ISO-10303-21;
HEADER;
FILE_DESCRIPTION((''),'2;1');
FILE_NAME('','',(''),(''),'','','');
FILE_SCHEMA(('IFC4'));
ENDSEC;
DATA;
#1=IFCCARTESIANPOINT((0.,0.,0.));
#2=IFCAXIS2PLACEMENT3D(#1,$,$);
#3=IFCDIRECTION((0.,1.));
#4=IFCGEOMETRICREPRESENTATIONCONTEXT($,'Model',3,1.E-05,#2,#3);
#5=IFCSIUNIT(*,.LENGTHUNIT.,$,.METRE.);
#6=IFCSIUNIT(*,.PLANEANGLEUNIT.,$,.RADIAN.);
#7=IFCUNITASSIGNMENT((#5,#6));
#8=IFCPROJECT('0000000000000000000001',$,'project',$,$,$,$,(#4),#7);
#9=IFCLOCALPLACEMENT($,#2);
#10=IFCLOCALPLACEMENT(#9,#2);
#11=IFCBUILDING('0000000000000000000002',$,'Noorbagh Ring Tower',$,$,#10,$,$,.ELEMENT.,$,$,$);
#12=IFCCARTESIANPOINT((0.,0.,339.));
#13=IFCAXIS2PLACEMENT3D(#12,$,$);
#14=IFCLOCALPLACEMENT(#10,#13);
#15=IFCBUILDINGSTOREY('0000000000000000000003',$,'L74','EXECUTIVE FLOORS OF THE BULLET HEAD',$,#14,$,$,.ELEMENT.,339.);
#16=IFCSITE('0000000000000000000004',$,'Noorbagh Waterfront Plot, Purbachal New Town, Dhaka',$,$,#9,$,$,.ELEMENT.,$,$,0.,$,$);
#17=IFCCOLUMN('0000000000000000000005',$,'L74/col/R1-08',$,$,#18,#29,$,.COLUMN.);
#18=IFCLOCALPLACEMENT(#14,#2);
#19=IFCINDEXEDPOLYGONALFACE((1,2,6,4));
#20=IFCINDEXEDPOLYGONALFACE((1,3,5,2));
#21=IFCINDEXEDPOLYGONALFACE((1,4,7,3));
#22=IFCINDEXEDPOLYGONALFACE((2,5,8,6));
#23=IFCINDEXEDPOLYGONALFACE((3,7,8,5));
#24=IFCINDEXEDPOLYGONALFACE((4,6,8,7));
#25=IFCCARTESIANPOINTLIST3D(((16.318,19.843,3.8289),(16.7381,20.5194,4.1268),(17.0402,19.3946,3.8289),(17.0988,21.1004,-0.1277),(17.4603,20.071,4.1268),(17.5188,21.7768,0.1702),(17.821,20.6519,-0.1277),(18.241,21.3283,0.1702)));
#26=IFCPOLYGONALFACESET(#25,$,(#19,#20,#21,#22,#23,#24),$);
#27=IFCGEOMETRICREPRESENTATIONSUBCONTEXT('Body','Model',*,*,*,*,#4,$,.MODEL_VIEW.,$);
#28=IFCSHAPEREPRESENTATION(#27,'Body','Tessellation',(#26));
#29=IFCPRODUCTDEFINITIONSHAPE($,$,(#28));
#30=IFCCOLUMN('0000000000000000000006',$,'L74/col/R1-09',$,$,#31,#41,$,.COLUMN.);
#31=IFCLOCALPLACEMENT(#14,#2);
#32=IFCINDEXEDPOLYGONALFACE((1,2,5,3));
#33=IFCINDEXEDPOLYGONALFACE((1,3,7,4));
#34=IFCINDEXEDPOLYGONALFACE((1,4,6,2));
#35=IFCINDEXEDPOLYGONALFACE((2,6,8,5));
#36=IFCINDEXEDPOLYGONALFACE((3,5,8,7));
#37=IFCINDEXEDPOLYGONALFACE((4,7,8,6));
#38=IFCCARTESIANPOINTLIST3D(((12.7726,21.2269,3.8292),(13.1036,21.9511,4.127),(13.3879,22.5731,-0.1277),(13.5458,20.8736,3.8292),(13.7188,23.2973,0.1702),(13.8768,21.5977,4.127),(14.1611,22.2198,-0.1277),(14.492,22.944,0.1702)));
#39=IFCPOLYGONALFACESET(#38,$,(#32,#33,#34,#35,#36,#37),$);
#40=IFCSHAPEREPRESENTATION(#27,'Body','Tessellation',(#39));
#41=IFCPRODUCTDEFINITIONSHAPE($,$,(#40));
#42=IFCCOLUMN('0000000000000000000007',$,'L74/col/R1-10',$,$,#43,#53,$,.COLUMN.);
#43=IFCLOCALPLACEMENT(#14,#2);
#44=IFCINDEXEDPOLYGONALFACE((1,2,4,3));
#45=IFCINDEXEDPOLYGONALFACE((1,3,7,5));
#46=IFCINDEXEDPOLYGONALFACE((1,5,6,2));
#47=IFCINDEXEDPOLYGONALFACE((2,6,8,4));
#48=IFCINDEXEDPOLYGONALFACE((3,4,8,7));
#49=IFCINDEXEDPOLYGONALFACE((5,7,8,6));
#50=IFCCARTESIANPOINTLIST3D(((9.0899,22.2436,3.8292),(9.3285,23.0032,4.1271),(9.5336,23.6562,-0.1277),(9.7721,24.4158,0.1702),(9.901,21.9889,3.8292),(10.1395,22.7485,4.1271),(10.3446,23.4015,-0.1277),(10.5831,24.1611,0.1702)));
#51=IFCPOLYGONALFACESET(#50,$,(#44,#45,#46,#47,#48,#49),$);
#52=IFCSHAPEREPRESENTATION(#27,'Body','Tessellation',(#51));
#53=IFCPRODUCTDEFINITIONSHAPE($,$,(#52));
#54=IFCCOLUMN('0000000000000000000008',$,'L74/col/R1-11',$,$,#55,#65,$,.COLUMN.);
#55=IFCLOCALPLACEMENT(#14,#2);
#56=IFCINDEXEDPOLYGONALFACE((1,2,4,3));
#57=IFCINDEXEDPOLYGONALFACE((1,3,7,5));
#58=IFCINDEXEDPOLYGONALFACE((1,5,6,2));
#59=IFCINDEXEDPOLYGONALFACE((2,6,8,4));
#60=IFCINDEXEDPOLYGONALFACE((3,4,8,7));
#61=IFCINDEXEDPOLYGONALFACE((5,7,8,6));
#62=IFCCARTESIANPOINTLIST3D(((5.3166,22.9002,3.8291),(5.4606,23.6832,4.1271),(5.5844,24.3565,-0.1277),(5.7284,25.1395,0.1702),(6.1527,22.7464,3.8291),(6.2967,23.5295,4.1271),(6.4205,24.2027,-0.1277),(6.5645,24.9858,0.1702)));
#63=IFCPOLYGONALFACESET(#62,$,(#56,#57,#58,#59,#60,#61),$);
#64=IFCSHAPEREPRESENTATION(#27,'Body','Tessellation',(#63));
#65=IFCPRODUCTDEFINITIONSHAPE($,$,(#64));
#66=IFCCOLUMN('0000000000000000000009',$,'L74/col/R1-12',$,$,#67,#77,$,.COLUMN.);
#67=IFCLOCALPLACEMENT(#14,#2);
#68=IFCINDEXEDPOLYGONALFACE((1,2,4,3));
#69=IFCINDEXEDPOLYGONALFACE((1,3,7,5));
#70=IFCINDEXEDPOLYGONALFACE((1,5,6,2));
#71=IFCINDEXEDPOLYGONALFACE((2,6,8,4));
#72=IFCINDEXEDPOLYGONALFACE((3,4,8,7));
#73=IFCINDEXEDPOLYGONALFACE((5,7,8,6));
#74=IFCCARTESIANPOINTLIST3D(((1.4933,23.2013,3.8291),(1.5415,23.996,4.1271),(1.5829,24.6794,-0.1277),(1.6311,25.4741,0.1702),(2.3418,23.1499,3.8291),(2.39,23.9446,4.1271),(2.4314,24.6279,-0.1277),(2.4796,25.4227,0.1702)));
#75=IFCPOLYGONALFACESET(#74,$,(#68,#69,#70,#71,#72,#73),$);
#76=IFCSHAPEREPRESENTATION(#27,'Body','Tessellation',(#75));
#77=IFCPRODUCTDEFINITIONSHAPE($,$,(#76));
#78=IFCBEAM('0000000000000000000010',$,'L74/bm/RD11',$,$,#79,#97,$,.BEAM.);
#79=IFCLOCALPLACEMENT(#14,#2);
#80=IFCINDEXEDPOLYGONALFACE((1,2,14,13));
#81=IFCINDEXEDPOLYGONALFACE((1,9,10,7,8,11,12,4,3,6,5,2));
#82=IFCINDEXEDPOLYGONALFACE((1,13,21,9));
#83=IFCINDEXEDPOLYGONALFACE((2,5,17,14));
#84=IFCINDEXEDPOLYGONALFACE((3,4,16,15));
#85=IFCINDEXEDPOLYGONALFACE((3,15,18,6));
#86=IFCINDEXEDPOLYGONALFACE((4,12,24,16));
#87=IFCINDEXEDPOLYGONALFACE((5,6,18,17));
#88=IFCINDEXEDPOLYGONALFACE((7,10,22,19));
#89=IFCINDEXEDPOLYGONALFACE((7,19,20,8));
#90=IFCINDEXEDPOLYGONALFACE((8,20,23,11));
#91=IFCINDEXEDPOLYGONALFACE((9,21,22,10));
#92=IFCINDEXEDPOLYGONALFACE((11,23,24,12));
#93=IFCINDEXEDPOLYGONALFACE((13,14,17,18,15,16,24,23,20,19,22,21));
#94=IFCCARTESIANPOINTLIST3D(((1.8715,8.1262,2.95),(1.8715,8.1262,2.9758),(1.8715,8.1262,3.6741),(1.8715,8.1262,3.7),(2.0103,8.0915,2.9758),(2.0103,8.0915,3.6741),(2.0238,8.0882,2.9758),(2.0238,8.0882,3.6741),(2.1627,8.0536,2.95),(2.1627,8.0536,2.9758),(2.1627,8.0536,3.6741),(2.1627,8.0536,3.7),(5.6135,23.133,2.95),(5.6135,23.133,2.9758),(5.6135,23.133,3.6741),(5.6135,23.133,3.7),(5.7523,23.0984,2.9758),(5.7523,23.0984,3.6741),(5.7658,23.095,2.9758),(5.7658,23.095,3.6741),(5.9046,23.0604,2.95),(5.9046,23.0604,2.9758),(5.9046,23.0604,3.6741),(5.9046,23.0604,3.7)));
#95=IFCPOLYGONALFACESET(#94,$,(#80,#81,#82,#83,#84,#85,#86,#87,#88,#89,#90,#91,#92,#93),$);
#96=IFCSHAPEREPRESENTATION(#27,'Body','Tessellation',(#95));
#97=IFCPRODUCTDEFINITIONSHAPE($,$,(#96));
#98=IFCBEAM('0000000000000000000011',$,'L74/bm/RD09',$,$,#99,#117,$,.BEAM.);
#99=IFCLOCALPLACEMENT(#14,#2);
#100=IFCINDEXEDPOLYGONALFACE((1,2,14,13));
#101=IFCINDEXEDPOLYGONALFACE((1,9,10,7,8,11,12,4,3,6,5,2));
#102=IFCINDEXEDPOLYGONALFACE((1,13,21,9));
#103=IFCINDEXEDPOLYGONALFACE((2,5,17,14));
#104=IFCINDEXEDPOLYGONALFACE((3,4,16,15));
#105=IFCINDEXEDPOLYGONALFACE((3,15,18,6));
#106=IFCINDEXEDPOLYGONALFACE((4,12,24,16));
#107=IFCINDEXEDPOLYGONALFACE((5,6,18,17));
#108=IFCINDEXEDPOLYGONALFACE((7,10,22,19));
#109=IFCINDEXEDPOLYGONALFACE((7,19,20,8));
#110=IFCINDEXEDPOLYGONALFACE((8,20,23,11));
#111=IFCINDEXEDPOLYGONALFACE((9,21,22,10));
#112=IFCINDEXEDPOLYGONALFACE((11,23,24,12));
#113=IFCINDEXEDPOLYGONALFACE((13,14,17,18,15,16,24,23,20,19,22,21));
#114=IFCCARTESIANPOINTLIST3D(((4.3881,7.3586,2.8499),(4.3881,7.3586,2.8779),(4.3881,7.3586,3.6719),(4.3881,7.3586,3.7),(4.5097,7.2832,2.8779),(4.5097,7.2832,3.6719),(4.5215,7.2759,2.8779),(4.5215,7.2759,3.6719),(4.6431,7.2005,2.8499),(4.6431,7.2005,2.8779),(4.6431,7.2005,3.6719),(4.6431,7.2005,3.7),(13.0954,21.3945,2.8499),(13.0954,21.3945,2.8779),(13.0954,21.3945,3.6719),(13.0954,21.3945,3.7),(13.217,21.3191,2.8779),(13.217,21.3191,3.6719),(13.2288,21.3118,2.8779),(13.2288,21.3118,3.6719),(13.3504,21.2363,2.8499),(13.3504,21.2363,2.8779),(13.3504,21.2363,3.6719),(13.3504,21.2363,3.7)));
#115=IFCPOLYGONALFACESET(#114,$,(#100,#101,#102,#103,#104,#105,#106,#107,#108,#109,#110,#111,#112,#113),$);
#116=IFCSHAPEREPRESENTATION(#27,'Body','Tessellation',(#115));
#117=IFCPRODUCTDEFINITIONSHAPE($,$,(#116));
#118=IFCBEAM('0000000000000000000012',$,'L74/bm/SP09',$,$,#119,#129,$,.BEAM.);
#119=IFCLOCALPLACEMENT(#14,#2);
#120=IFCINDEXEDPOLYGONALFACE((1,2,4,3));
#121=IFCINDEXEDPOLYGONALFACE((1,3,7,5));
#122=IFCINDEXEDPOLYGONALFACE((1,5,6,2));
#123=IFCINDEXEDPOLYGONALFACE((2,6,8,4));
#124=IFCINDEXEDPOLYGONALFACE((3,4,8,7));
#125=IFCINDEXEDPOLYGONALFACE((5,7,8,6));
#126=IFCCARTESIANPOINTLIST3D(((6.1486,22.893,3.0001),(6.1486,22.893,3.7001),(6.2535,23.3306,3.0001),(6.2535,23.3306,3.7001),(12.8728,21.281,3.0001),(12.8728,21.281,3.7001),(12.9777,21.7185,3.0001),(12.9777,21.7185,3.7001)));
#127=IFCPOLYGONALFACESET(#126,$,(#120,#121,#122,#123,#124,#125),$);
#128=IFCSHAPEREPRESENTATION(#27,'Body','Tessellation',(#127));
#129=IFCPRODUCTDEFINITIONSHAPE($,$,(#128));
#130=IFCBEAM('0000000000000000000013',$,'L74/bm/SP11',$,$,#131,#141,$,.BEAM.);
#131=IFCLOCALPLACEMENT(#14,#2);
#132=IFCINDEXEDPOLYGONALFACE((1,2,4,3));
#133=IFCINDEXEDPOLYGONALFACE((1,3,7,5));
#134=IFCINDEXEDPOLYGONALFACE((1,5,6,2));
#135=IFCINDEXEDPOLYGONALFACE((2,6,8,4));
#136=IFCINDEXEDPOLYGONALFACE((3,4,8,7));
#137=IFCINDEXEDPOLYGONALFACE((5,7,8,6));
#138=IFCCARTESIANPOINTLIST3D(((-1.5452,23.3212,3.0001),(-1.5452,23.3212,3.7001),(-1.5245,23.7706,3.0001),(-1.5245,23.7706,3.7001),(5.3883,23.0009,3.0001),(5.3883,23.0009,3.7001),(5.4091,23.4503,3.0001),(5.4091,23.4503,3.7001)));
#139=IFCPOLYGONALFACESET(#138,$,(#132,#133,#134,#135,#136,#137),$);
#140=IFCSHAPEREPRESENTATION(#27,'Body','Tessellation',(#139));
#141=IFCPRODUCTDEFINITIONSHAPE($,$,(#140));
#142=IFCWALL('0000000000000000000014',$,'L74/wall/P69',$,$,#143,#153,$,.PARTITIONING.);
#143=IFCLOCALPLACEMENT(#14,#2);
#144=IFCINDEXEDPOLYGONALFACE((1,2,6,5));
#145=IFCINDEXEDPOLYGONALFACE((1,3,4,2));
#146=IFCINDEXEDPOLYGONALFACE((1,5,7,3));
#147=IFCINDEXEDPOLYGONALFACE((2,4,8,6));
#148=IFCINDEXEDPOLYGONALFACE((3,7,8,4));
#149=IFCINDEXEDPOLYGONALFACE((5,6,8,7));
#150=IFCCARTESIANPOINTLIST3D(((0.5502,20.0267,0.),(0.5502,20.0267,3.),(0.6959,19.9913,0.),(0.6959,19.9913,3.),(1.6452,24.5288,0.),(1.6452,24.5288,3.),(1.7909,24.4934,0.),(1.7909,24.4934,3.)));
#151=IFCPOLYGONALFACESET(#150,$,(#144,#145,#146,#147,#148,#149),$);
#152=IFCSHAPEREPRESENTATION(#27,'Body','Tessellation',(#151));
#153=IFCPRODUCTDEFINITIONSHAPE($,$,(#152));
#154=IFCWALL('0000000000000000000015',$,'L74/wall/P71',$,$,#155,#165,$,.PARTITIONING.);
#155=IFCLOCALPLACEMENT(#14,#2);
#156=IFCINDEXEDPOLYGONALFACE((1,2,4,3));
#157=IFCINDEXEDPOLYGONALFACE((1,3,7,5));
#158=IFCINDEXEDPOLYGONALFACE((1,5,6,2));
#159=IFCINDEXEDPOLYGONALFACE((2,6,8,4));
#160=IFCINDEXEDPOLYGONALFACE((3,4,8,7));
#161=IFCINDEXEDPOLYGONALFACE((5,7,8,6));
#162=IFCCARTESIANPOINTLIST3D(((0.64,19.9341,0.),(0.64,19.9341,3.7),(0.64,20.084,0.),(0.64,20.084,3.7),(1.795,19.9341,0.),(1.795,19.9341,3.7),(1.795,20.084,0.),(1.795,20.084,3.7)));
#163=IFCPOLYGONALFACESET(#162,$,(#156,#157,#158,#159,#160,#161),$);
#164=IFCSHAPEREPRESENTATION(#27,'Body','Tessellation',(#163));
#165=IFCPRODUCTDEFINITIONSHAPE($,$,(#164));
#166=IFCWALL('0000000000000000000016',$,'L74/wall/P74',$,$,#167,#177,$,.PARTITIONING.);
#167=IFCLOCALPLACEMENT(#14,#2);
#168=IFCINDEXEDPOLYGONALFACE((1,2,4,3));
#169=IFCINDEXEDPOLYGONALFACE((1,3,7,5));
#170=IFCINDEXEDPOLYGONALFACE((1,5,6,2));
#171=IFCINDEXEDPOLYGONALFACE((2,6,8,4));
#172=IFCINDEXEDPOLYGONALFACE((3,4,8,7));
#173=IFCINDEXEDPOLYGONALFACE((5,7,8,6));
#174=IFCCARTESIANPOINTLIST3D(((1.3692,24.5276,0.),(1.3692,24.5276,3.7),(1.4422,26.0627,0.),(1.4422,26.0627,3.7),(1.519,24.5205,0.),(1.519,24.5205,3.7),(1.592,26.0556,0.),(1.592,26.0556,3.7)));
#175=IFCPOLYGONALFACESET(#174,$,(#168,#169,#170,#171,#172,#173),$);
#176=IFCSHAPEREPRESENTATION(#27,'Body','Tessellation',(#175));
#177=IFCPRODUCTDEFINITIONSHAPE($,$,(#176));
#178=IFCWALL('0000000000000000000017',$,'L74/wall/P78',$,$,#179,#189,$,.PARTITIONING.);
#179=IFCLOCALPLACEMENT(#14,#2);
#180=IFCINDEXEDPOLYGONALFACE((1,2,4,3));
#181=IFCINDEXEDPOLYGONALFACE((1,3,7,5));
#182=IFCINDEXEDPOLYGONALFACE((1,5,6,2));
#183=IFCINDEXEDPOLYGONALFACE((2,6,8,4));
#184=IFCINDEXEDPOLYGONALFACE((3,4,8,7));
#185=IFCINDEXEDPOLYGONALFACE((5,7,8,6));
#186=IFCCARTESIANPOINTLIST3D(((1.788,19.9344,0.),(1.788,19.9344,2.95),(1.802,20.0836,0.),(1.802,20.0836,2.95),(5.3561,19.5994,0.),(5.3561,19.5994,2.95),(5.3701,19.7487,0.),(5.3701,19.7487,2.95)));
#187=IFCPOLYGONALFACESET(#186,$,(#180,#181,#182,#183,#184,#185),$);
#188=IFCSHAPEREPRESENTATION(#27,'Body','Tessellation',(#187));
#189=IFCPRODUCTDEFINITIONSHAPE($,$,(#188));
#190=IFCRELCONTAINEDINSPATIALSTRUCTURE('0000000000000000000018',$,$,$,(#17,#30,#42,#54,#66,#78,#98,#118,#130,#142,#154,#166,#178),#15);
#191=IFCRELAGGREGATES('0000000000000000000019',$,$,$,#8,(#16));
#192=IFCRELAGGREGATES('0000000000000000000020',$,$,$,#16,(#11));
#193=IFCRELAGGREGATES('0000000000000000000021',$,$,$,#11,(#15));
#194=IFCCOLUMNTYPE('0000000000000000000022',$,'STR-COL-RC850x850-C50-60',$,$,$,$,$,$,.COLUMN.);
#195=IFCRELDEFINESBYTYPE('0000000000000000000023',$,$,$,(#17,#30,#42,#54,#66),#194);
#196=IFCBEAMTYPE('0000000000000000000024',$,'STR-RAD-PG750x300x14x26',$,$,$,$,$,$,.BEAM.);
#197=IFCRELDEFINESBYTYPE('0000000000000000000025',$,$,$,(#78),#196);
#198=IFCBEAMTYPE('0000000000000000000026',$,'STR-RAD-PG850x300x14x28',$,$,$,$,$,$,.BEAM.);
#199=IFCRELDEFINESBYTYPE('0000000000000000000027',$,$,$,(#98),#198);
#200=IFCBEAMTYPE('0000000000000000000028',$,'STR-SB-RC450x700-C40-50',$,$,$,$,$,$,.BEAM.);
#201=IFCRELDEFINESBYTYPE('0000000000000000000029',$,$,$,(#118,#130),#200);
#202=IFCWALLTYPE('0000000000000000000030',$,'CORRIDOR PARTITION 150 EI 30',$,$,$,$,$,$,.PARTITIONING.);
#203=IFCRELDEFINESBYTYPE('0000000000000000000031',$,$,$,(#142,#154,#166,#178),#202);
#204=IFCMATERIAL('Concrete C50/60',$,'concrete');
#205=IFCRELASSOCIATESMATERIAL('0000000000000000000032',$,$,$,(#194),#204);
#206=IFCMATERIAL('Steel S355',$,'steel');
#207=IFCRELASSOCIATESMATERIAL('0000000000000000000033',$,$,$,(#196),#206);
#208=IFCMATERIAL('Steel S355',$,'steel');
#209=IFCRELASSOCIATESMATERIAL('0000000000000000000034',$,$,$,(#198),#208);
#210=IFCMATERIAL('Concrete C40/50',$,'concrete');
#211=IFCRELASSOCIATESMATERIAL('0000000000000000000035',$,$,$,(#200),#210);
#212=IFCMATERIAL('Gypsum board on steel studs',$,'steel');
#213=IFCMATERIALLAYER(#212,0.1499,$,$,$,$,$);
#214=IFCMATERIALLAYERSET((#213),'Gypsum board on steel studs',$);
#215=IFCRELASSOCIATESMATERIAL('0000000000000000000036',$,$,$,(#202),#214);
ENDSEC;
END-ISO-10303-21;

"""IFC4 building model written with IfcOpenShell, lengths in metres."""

from ifc_helpers import new_model, si_unit, direction, frame, frame_2d, origin, origin_2d, place, context, subcontext, project, spatial, rectangle, i_section, extrude, material, layer, layer_set, material_profile, profile_set, type_object, element, save


model = new_model("IFC4")

# Units and contexts
model_context = context("Model", 3, precision=1e-05, world=origin(), true_north=direction((0.0, 1.0)))
body_context = subcontext(model_context, "Body", "Model", "MODEL_VIEW")
ifc_project = project(units=[si_unit("LENGTHUNIT", "METRE"), si_unit("PLANEANGLEUNIT", "RADIAN")], contexts=[model_context])

# Site, building, storey
site_placement = place(None, origin())
site = spatial("IfcSite", under=ifc_project, at=site_placement, Name="Noorbagh Waterfront Plot, Purbachal New Town, Dhaka", CompositionType="ELEMENT", RefElevation=0.0)
building_placement = place(site_placement, origin())
building = spatial("IfcBuilding", under=site, at=building_placement, Name="Noorbagh Ring Tower", CompositionType="ELEMENT")
storey_placement = place(building_placement, frame((0.0, 0.0, 339.0)))
storey = spatial("IfcBuildingStorey", under=building, at=storey_placement, Name="L74", Description="EXECUTIVE FLOORS OF THE BULLET HEAD", CompositionType="ELEMENT", Elevation=339.0)

# Columns
ifc_material_1 = material(Name="Concrete C50/60", Category="concrete")
ifc_material_profile_1 = material_profile(ifc_material_1, rectangle(XDim=0.8501, YDim=0.8501, at=origin_2d()), Name="RC850x850")
ifc_profile_set_1 = profile_set([ifc_material_profile_1], Name="Concrete C50/60")
column_type = type_object("IfcColumnType", Name="STR-COL-RC850x850-C50-60", PredefinedType="COLUMN", material=ifc_profile_set_1)
column_1_placement = place(storey_placement, frame((17.6699, 21.2144, 0.0212), z_axis=(-0.184826, -0.297641, 0.936616), x_axis=(0.849533, -0.527535, 0.0)))
element("IfcColumn", 1, at=column_1_placement, inside=storey, type_object=column_type, Name="L74/col/R1-08", PredefinedType="COLUMN", context=body_context, shape_type="SweptSolid", body=[
    extrude(rectangle(XDim=0.8501, YDim=0.8501, at=origin_2d()), origin(), (0.0, 0.0, 1.0), 4.2244),
])
column_2_placement = place(storey_placement, frame((13.9399, 22.7585, 0.0212), z_axis=(-0.145633, -0.318658, 0.936615), x_axis=(0.909517, -0.415666, 0.0)))
element("IfcColumn", 2, at=column_2_placement, inside=storey, type_object=column_type, Name="L74/col/R1-09", PredefinedType="COLUMN", context=body_context, shape_type="SweptSolid", body=[
    extrude(rectangle(XDim=0.8501, YDim=0.8501, at=origin_2d()), origin(), (0.0, 0.0, 1.0), 4.2246),
])
for number, where, z_axis, x_axis, name in (
    (3, (10.0583, 23.9087, 0.0212), (-0.105002, -0.334364, 0.936577), (0.954062, -0.299608, 0.0), "L74/col/R1-10"),
    (4, (6.0745, 24.6711, 0.0212), (-0.063393, -0.344705, 0.936568), (0.983506, -0.180873, 0.0), "L74/col/R1-11"),
    (5, (2.0312, 25.051, 0.0212), (-0.021208, -0.349847, 0.936567), (0.998168, -0.06051, 0.0), "L74/col/R1-12"),
):
    element("IfcColumn", number, at=place(storey_placement, frame(where, z_axis=z_axis, x_axis=x_axis)), inside=storey, type_object=column_type, Name=name, PredefinedType="COLUMN", context=body_context, shape_type="SweptSolid", body=[
        extrude(rectangle(XDim=0.8501, YDim=0.8501, at=origin_2d()), origin(), (0.0, 0.0, 1.0), 4.2249),
    ])

# Beams
ifc_material_2 = material(Name="Steel S355", Category="steel")
ifc_material_profile_2 = material_profile(ifc_material_2, i_section(OverallWidth=0.3, OverallDepth=0.75, WebThickness=0.0139, FlangeThickness=0.0259, at=origin_2d()), Name="PG750x300x14x26")
ifc_profile_set_2 = profile_set([ifc_material_profile_2], Name="Steel S355")
beam_type_1 = type_object("IfcBeamType", Name="STR-RAD-PG750x300x14x26", PredefinedType="BEAM", material=ifc_profile_set_2)
beam_1_placement = place(storey_placement, frame((5.759, 23.0967, 3.325), z_axis=(-0.241941, -0.970291, 0.0), x_axis=(0.970291, -0.241941, 0.0)))
element("IfcBeam", 6, at=beam_1_placement, inside=storey, type_object=beam_type_1, Name="L74/bm/RD11", PredefinedType="BEAM", context=body_context, shape_type="SweptSolid", body=[
    extrude(i_section(OverallWidth=0.3, OverallDepth=0.75, WebThickness=0.0139, FlangeThickness=0.0259, at=origin_2d()), origin(), (0.0, 0.0, 1.0), 15.4663),
])
ifc_material_3 = material(Name="Steel S355", Category="steel")
ifc_material_profile_3 = material_profile(ifc_material_3, i_section(OverallWidth=0.3, OverallDepth=0.8501, WebThickness=0.0139, FlangeThickness=0.0281, at=origin_2d()), Name="PG850x300x14x28")
ifc_profile_set_3 = profile_set([ifc_material_profile_3], Name="Steel S355")
beam_type_2 = type_object("IfcBeamType", Name="STR-RAD-PG850x300x14x28", PredefinedType="BEAM", material=ifc_profile_set_3)
beam_2_placement = place(storey_placement, frame((13.2229, 21.3154, 3.2749), z_axis=(-0.527159, -0.849766, 0.0), x_axis=(0.849766, -0.527159, 0.0)))
element("IfcBeam", 7, at=beam_2_placement, inside=storey, type_object=beam_type_2, Name="L74/bm/RD09", PredefinedType="BEAM", context=body_context, shape_type="SweptSolid", body=[
    extrude(i_section(OverallWidth=0.3, OverallDepth=0.8501, WebThickness=0.0139, FlangeThickness=0.0281, at=origin_2d()), origin(), (0.0, 0.0, 1.0), 16.5173),
])
ifc_material_4 = material(Name="Concrete C40/50", Category="concrete")
ifc_material_profile_4 = material_profile(ifc_material_4, rectangle(XDim=0.45, YDim=0.7, at=origin_2d()), Name="RC450x700")
ifc_profile_set_4 = profile_set([ifc_material_profile_4], Name="Concrete C40/50")
beam_type_3 = type_object("IfcBeamType", Name="STR-SB-RC450x700-C40-50", PredefinedType="BEAM", material=ifc_profile_set_4)
beam_3_placement = place(storey_placement, frame((12.9253, 21.4998, 3.3501), z_axis=(-0.972446, 0.233129, 0.0), x_axis=(-0.233129, -0.972446, 0.0)))
element("IfcBeam", 8, at=beam_3_placement, inside=storey, type_object=beam_type_3, Name="L74/bm/SP09", PredefinedType="BEAM", context=body_context, shape_type="SweptSolid", body=[
    extrude(rectangle(XDim=0.45, YDim=0.7, at=origin_2d()), origin(), (0.0, 0.0, 1.0), 6.9148),
])
beam_4_placement = place(storey_placement, frame((5.3987, 23.2256, 3.3501), z_axis=(-0.998935, 0.046148, 0.0), x_axis=(-0.046148, -0.998935, 0.0)))
element("IfcBeam", 9, at=beam_4_placement, inside=storey, type_object=beam_type_3, Name="L74/bm/SP11", PredefinedType="BEAM", context=body_context, shape_type="SweptSolid", body=[
    extrude(rectangle(XDim=0.45, YDim=0.7, at=origin_2d()), origin(), (0.0, 0.0, 1.0), 6.9409),
])

# Walls
ifc_material_5 = material(Name="Gypsum board on steel studs", Category="steel")
ifc_layer_1 = layer(ifc_material_5, 0.1499)
ifc_layer_set_1 = layer_set([ifc_layer_1], Name="Gypsum board on steel studs")
wall_type_1 = type_object("IfcWallType", Name="CORRIDOR PARTITION 150 EI 30", PredefinedType="PARTITIONING", material=ifc_layer_set_1)
wall_1_placement = place(storey_placement, frame((0.623, 20.009, 0.0), z_axis=(0.0, 0.0, 1.0), x_axis=(0.236331, 0.971673, 0.0)))
element("IfcWall", 10, at=wall_1_placement, inside=storey, type_object=wall_type_1, Name="L74/wall/P69", PredefinedType="PARTITIONING", context=body_context, shape_type="SweptSolid", body=[
    extrude(rectangle(XDim=4.6333, YDim=0.1499, at=frame_2d((2.3167, 0.0))), origin(), (0.0, 0.0, 1.0), 3.0),
])
wall_2_placement = place(storey_placement, frame((0.6399, 20.009, 0.0), z_axis=(0.0, 0.0, 1.0), x_axis=(1.0, 0.0, 0.0)))
element("IfcWall", 11, at=wall_2_placement, inside=storey, type_object=wall_type_1, Name="L74/wall/P71", PredefinedType="PARTITIONING", context=body_context, shape_type="SweptSolid", body=[
    extrude(rectangle(XDim=1.155, YDim=0.1499, at=frame_2d((0.5776, 0.0))), origin(), (0.0, 0.0, 1.0), 3.7),
])
wall_3_placement = place(storey_placement, frame((1.4441, 24.5239, 0.0), z_axis=(0.0, 0.0, 1.0), x_axis=(0.047497, 0.998871, 0.0)))
element("IfcWall", 12, at=wall_3_placement, inside=storey, type_object=wall_type_1, Name="L74/wall/P74", PredefinedType="PARTITIONING", context=body_context, shape_type="SweptSolid", body=[
    extrude(rectangle(XDim=1.5369, YDim=0.1499, at=frame_2d((0.7686, 0.0))), origin(), (0.0, 0.0, 1.0), 3.7),
])
wall_4_placement = place(storey_placement, frame((1.7949, 20.009, 0.0), z_axis=(0.0, 0.0, 1.0), x_axis=(0.995623, -0.093465, 0.0)))
element("IfcWall", 13, at=wall_4_placement, inside=storey, type_object=wall_type_1, Name="L74/wall/P78", PredefinedType="PARTITIONING", context=body_context, shape_type="SweptSolid", body=[
    extrude(rectangle(XDim=3.5837, YDim=0.1499, at=frame_2d((1.792, 0.0))), origin(), (0.0, 0.0, 1.0), 2.95),
])

save(model, "model.ifc")
